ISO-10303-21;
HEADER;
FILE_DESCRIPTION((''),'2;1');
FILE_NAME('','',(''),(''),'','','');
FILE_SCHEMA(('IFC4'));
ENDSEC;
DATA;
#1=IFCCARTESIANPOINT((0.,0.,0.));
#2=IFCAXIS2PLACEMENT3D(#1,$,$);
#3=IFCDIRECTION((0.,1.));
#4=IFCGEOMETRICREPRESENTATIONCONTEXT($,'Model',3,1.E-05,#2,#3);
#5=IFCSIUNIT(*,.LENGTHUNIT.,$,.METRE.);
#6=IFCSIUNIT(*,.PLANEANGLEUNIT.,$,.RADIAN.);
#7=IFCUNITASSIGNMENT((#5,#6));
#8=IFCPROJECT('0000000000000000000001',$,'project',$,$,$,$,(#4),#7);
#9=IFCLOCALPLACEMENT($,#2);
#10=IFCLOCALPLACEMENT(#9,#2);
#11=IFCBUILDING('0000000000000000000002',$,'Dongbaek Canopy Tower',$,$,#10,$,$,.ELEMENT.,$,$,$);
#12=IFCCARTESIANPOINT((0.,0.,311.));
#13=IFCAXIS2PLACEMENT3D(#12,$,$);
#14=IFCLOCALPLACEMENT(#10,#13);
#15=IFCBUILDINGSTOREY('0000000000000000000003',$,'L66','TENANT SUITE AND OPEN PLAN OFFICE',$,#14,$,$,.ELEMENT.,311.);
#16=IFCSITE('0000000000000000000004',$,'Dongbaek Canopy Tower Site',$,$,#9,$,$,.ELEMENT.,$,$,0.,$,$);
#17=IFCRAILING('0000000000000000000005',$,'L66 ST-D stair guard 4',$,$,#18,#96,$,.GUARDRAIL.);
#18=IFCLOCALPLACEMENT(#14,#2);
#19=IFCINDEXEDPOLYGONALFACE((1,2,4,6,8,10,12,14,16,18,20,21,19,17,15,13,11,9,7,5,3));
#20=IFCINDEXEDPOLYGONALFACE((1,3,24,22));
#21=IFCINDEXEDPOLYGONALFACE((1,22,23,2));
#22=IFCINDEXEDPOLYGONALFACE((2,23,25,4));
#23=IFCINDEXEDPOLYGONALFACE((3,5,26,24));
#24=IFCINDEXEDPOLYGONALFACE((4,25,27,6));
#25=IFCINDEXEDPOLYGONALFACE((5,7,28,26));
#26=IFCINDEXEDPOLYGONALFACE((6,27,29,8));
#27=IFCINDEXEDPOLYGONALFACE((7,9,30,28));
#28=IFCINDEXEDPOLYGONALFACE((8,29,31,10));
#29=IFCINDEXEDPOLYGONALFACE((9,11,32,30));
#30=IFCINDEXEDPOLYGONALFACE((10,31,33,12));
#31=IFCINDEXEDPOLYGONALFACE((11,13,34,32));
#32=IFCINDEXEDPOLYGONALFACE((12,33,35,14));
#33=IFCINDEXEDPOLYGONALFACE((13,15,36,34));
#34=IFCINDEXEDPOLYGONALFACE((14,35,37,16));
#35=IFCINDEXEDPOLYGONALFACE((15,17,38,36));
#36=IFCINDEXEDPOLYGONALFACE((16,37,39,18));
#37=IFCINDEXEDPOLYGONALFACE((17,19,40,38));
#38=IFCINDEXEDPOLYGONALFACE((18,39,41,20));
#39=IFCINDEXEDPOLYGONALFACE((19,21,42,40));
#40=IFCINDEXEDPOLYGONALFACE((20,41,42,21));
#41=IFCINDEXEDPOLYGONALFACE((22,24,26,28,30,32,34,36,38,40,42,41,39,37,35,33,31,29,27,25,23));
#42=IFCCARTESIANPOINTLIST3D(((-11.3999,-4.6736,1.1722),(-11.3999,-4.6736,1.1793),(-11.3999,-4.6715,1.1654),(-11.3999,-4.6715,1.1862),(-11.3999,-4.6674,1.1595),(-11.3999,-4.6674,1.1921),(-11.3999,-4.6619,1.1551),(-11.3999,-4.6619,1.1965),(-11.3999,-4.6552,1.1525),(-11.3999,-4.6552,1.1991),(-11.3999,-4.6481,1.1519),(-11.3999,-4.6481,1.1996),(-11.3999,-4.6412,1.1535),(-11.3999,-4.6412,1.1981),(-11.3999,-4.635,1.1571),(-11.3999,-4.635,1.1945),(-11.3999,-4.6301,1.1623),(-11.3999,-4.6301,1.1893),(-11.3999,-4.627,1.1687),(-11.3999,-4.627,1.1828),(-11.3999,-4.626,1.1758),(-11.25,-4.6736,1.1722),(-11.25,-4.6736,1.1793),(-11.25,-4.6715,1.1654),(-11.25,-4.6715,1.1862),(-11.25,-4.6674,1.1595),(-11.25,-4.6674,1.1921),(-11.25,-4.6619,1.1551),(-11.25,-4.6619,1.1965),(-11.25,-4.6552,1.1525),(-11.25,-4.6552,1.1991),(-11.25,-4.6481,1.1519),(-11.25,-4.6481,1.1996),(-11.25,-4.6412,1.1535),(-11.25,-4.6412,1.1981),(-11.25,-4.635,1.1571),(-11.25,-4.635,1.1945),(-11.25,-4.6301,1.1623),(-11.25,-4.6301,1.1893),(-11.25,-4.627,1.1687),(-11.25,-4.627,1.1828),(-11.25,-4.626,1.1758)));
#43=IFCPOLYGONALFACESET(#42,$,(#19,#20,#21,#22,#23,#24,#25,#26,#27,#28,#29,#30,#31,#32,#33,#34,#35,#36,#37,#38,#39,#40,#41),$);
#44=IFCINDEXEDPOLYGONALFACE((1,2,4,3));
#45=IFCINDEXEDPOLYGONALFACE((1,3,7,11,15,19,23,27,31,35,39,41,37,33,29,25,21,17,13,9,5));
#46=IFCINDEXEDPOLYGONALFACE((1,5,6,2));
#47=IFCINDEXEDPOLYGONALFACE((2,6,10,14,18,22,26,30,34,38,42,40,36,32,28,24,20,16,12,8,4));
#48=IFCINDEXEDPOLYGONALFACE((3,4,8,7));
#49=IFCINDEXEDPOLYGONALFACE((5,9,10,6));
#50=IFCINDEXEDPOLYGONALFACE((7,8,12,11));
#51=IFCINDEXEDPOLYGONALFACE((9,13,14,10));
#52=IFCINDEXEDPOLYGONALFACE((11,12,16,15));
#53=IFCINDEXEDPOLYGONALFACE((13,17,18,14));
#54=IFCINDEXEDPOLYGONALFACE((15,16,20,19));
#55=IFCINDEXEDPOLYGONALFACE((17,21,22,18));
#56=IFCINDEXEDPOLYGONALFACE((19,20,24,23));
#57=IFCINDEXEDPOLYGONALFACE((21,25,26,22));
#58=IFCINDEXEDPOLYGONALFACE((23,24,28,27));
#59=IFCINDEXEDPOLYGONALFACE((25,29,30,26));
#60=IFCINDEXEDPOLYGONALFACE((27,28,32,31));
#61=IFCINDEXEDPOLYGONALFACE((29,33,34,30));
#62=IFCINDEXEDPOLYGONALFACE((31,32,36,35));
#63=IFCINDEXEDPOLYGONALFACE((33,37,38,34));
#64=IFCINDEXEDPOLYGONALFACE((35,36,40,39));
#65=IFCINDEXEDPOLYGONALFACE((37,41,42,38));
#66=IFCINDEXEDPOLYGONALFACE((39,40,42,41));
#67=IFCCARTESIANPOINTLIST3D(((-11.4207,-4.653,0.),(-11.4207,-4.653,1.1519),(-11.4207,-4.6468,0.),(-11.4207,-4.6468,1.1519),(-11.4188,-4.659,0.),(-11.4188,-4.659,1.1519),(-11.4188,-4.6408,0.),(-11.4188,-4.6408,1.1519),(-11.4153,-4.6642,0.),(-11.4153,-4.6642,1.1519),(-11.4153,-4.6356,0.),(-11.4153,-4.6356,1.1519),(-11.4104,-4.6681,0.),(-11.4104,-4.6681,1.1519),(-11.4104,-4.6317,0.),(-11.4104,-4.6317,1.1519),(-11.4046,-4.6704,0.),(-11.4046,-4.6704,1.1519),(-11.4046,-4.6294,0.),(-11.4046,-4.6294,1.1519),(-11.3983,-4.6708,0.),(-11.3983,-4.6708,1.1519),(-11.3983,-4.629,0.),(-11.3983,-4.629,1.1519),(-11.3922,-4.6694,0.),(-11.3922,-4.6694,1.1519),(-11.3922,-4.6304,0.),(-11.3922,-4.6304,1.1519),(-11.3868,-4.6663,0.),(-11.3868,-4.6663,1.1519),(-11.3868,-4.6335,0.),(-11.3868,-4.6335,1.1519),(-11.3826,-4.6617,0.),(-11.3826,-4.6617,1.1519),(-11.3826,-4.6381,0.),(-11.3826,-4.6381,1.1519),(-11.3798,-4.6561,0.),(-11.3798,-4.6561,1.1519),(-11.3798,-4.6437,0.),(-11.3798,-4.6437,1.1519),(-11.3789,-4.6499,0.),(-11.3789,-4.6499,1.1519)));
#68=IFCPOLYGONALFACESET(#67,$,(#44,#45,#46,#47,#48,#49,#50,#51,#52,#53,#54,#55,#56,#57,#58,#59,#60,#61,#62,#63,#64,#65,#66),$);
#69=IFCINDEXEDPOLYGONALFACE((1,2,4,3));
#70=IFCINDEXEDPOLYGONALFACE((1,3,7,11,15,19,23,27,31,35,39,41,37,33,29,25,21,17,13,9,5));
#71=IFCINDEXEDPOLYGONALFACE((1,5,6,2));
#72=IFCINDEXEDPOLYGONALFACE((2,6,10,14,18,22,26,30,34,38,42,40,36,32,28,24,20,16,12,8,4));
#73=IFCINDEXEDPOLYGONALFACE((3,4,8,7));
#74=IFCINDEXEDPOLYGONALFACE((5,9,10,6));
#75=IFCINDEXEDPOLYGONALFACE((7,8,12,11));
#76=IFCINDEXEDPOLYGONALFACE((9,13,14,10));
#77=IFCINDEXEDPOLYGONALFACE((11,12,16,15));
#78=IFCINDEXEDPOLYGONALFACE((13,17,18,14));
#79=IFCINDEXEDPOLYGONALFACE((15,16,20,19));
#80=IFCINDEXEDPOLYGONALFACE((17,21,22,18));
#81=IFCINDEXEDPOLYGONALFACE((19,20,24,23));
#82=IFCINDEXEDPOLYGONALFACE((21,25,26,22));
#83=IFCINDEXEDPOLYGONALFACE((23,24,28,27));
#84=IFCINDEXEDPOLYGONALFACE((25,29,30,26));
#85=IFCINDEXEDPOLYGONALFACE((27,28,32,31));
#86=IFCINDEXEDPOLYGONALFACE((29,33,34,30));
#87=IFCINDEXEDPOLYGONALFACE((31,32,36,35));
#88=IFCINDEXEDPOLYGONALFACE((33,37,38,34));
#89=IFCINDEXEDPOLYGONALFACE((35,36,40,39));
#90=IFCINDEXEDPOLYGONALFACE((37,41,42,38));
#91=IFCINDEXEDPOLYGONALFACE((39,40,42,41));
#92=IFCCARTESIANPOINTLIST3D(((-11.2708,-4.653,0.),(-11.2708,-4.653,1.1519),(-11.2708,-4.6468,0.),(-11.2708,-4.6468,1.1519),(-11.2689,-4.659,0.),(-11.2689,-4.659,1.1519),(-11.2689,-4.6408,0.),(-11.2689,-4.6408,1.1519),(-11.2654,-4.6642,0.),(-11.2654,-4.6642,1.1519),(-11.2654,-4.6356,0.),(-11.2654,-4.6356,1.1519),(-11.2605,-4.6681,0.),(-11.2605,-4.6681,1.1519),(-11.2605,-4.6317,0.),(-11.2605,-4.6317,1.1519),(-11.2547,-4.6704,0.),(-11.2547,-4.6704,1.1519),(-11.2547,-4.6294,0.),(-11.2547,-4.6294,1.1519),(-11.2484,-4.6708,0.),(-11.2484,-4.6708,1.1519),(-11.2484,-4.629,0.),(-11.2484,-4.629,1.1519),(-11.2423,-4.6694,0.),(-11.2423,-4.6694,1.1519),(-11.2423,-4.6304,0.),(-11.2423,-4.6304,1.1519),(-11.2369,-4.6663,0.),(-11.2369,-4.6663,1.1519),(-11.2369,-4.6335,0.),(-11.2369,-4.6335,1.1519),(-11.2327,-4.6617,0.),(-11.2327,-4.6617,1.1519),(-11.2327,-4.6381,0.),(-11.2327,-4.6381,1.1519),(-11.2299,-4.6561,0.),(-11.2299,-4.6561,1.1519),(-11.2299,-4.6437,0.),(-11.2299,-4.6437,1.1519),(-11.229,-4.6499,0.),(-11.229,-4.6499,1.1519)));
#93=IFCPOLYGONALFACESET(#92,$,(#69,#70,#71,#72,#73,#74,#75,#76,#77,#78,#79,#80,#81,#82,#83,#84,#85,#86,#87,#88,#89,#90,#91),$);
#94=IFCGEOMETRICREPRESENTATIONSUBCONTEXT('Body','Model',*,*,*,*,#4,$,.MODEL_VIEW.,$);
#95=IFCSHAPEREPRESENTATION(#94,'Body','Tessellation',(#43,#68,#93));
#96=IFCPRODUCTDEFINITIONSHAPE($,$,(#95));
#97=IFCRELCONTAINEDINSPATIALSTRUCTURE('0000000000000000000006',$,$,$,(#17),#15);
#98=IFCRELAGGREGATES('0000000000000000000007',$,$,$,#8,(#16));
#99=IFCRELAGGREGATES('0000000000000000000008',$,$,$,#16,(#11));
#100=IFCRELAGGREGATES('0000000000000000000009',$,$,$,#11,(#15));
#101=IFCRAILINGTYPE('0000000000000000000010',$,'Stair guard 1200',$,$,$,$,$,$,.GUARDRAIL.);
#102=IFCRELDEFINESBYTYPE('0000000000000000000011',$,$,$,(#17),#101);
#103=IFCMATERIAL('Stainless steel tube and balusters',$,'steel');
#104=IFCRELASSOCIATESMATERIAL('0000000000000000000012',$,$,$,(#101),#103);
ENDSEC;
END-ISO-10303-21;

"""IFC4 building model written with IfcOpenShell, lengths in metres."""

from ifc_helpers import new_model, si_unit, direction, frame, origin, origin_2d, place, context, subcontext, project, spatial, circle, extrude, material, type_object, element, save


model = new_model("IFC4")

# Units and contexts
model_context = context("Model", 3, precision=1e-05, world=origin(), true_north=direction((0.0, 1.0)))
body_context = subcontext(model_context, "Body", "Model", "MODEL_VIEW")
ifc_project = project(units=[si_unit("LENGTHUNIT", "METRE"), si_unit("PLANEANGLEUNIT", "RADIAN")], contexts=[model_context])

# Site, building, storey
site_placement = place(None, origin())
site = spatial("IfcSite", under=ifc_project, at=site_placement, Name="Dongbaek Canopy Tower Site", CompositionType="ELEMENT", RefElevation=0.0)
building_placement = place(site_placement, origin())
building = spatial("IfcBuilding", under=site, at=building_placement, Name="Dongbaek Canopy Tower", CompositionType="ELEMENT")
storey_placement = place(building_placement, frame((0.0, 0.0, 311.0)))
storey = spatial("IfcBuildingStorey", under=building, at=storey_placement, Name="L66", Description="TENANT SUITE AND OPEN PLAN OFFICE", CompositionType="ELEMENT", Elevation=311.0)

# Railing
ifc_material_1 = material(Name="Stainless steel tube and balusters", Category="steel")
railing_type_1 = type_object("IfcRailingType", Name="Stair guard 1200", PredefinedType="GUARDRAIL", material=ifc_material_1)
railing_1_placement = place(storey_placement, frame((-11.3999, -4.6499, 0.0)))
element("IfcRailing", 1, at=railing_1_placement, inside=storey, type_object=railing_type_1, Name="L66 ST-D stair guard 4", PredefinedType="GUARDRAIL", context=body_context, shape_type="SweptSolid", body=[
    extrude(circle(Radius=0.0239, at=origin_2d()), frame((0.0, 0.0, 1.1758), z_axis=(1.0, 0.0, 0.0), x_axis=(0.0, 1.0, 0.0)), (0.0, 0.0, 1.0), 0.1499),
    extrude(circle(Radius=0.021, at=origin_2d()), origin(), (0.0, 0.0, 1.0), 1.1519),
    extrude(circle(Radius=0.021, at=origin_2d()), frame((0.1499, 0.0, 0.0)), (0.0, 0.0, 1.0), 1.1519),
])

save(model, "model.ifc")
